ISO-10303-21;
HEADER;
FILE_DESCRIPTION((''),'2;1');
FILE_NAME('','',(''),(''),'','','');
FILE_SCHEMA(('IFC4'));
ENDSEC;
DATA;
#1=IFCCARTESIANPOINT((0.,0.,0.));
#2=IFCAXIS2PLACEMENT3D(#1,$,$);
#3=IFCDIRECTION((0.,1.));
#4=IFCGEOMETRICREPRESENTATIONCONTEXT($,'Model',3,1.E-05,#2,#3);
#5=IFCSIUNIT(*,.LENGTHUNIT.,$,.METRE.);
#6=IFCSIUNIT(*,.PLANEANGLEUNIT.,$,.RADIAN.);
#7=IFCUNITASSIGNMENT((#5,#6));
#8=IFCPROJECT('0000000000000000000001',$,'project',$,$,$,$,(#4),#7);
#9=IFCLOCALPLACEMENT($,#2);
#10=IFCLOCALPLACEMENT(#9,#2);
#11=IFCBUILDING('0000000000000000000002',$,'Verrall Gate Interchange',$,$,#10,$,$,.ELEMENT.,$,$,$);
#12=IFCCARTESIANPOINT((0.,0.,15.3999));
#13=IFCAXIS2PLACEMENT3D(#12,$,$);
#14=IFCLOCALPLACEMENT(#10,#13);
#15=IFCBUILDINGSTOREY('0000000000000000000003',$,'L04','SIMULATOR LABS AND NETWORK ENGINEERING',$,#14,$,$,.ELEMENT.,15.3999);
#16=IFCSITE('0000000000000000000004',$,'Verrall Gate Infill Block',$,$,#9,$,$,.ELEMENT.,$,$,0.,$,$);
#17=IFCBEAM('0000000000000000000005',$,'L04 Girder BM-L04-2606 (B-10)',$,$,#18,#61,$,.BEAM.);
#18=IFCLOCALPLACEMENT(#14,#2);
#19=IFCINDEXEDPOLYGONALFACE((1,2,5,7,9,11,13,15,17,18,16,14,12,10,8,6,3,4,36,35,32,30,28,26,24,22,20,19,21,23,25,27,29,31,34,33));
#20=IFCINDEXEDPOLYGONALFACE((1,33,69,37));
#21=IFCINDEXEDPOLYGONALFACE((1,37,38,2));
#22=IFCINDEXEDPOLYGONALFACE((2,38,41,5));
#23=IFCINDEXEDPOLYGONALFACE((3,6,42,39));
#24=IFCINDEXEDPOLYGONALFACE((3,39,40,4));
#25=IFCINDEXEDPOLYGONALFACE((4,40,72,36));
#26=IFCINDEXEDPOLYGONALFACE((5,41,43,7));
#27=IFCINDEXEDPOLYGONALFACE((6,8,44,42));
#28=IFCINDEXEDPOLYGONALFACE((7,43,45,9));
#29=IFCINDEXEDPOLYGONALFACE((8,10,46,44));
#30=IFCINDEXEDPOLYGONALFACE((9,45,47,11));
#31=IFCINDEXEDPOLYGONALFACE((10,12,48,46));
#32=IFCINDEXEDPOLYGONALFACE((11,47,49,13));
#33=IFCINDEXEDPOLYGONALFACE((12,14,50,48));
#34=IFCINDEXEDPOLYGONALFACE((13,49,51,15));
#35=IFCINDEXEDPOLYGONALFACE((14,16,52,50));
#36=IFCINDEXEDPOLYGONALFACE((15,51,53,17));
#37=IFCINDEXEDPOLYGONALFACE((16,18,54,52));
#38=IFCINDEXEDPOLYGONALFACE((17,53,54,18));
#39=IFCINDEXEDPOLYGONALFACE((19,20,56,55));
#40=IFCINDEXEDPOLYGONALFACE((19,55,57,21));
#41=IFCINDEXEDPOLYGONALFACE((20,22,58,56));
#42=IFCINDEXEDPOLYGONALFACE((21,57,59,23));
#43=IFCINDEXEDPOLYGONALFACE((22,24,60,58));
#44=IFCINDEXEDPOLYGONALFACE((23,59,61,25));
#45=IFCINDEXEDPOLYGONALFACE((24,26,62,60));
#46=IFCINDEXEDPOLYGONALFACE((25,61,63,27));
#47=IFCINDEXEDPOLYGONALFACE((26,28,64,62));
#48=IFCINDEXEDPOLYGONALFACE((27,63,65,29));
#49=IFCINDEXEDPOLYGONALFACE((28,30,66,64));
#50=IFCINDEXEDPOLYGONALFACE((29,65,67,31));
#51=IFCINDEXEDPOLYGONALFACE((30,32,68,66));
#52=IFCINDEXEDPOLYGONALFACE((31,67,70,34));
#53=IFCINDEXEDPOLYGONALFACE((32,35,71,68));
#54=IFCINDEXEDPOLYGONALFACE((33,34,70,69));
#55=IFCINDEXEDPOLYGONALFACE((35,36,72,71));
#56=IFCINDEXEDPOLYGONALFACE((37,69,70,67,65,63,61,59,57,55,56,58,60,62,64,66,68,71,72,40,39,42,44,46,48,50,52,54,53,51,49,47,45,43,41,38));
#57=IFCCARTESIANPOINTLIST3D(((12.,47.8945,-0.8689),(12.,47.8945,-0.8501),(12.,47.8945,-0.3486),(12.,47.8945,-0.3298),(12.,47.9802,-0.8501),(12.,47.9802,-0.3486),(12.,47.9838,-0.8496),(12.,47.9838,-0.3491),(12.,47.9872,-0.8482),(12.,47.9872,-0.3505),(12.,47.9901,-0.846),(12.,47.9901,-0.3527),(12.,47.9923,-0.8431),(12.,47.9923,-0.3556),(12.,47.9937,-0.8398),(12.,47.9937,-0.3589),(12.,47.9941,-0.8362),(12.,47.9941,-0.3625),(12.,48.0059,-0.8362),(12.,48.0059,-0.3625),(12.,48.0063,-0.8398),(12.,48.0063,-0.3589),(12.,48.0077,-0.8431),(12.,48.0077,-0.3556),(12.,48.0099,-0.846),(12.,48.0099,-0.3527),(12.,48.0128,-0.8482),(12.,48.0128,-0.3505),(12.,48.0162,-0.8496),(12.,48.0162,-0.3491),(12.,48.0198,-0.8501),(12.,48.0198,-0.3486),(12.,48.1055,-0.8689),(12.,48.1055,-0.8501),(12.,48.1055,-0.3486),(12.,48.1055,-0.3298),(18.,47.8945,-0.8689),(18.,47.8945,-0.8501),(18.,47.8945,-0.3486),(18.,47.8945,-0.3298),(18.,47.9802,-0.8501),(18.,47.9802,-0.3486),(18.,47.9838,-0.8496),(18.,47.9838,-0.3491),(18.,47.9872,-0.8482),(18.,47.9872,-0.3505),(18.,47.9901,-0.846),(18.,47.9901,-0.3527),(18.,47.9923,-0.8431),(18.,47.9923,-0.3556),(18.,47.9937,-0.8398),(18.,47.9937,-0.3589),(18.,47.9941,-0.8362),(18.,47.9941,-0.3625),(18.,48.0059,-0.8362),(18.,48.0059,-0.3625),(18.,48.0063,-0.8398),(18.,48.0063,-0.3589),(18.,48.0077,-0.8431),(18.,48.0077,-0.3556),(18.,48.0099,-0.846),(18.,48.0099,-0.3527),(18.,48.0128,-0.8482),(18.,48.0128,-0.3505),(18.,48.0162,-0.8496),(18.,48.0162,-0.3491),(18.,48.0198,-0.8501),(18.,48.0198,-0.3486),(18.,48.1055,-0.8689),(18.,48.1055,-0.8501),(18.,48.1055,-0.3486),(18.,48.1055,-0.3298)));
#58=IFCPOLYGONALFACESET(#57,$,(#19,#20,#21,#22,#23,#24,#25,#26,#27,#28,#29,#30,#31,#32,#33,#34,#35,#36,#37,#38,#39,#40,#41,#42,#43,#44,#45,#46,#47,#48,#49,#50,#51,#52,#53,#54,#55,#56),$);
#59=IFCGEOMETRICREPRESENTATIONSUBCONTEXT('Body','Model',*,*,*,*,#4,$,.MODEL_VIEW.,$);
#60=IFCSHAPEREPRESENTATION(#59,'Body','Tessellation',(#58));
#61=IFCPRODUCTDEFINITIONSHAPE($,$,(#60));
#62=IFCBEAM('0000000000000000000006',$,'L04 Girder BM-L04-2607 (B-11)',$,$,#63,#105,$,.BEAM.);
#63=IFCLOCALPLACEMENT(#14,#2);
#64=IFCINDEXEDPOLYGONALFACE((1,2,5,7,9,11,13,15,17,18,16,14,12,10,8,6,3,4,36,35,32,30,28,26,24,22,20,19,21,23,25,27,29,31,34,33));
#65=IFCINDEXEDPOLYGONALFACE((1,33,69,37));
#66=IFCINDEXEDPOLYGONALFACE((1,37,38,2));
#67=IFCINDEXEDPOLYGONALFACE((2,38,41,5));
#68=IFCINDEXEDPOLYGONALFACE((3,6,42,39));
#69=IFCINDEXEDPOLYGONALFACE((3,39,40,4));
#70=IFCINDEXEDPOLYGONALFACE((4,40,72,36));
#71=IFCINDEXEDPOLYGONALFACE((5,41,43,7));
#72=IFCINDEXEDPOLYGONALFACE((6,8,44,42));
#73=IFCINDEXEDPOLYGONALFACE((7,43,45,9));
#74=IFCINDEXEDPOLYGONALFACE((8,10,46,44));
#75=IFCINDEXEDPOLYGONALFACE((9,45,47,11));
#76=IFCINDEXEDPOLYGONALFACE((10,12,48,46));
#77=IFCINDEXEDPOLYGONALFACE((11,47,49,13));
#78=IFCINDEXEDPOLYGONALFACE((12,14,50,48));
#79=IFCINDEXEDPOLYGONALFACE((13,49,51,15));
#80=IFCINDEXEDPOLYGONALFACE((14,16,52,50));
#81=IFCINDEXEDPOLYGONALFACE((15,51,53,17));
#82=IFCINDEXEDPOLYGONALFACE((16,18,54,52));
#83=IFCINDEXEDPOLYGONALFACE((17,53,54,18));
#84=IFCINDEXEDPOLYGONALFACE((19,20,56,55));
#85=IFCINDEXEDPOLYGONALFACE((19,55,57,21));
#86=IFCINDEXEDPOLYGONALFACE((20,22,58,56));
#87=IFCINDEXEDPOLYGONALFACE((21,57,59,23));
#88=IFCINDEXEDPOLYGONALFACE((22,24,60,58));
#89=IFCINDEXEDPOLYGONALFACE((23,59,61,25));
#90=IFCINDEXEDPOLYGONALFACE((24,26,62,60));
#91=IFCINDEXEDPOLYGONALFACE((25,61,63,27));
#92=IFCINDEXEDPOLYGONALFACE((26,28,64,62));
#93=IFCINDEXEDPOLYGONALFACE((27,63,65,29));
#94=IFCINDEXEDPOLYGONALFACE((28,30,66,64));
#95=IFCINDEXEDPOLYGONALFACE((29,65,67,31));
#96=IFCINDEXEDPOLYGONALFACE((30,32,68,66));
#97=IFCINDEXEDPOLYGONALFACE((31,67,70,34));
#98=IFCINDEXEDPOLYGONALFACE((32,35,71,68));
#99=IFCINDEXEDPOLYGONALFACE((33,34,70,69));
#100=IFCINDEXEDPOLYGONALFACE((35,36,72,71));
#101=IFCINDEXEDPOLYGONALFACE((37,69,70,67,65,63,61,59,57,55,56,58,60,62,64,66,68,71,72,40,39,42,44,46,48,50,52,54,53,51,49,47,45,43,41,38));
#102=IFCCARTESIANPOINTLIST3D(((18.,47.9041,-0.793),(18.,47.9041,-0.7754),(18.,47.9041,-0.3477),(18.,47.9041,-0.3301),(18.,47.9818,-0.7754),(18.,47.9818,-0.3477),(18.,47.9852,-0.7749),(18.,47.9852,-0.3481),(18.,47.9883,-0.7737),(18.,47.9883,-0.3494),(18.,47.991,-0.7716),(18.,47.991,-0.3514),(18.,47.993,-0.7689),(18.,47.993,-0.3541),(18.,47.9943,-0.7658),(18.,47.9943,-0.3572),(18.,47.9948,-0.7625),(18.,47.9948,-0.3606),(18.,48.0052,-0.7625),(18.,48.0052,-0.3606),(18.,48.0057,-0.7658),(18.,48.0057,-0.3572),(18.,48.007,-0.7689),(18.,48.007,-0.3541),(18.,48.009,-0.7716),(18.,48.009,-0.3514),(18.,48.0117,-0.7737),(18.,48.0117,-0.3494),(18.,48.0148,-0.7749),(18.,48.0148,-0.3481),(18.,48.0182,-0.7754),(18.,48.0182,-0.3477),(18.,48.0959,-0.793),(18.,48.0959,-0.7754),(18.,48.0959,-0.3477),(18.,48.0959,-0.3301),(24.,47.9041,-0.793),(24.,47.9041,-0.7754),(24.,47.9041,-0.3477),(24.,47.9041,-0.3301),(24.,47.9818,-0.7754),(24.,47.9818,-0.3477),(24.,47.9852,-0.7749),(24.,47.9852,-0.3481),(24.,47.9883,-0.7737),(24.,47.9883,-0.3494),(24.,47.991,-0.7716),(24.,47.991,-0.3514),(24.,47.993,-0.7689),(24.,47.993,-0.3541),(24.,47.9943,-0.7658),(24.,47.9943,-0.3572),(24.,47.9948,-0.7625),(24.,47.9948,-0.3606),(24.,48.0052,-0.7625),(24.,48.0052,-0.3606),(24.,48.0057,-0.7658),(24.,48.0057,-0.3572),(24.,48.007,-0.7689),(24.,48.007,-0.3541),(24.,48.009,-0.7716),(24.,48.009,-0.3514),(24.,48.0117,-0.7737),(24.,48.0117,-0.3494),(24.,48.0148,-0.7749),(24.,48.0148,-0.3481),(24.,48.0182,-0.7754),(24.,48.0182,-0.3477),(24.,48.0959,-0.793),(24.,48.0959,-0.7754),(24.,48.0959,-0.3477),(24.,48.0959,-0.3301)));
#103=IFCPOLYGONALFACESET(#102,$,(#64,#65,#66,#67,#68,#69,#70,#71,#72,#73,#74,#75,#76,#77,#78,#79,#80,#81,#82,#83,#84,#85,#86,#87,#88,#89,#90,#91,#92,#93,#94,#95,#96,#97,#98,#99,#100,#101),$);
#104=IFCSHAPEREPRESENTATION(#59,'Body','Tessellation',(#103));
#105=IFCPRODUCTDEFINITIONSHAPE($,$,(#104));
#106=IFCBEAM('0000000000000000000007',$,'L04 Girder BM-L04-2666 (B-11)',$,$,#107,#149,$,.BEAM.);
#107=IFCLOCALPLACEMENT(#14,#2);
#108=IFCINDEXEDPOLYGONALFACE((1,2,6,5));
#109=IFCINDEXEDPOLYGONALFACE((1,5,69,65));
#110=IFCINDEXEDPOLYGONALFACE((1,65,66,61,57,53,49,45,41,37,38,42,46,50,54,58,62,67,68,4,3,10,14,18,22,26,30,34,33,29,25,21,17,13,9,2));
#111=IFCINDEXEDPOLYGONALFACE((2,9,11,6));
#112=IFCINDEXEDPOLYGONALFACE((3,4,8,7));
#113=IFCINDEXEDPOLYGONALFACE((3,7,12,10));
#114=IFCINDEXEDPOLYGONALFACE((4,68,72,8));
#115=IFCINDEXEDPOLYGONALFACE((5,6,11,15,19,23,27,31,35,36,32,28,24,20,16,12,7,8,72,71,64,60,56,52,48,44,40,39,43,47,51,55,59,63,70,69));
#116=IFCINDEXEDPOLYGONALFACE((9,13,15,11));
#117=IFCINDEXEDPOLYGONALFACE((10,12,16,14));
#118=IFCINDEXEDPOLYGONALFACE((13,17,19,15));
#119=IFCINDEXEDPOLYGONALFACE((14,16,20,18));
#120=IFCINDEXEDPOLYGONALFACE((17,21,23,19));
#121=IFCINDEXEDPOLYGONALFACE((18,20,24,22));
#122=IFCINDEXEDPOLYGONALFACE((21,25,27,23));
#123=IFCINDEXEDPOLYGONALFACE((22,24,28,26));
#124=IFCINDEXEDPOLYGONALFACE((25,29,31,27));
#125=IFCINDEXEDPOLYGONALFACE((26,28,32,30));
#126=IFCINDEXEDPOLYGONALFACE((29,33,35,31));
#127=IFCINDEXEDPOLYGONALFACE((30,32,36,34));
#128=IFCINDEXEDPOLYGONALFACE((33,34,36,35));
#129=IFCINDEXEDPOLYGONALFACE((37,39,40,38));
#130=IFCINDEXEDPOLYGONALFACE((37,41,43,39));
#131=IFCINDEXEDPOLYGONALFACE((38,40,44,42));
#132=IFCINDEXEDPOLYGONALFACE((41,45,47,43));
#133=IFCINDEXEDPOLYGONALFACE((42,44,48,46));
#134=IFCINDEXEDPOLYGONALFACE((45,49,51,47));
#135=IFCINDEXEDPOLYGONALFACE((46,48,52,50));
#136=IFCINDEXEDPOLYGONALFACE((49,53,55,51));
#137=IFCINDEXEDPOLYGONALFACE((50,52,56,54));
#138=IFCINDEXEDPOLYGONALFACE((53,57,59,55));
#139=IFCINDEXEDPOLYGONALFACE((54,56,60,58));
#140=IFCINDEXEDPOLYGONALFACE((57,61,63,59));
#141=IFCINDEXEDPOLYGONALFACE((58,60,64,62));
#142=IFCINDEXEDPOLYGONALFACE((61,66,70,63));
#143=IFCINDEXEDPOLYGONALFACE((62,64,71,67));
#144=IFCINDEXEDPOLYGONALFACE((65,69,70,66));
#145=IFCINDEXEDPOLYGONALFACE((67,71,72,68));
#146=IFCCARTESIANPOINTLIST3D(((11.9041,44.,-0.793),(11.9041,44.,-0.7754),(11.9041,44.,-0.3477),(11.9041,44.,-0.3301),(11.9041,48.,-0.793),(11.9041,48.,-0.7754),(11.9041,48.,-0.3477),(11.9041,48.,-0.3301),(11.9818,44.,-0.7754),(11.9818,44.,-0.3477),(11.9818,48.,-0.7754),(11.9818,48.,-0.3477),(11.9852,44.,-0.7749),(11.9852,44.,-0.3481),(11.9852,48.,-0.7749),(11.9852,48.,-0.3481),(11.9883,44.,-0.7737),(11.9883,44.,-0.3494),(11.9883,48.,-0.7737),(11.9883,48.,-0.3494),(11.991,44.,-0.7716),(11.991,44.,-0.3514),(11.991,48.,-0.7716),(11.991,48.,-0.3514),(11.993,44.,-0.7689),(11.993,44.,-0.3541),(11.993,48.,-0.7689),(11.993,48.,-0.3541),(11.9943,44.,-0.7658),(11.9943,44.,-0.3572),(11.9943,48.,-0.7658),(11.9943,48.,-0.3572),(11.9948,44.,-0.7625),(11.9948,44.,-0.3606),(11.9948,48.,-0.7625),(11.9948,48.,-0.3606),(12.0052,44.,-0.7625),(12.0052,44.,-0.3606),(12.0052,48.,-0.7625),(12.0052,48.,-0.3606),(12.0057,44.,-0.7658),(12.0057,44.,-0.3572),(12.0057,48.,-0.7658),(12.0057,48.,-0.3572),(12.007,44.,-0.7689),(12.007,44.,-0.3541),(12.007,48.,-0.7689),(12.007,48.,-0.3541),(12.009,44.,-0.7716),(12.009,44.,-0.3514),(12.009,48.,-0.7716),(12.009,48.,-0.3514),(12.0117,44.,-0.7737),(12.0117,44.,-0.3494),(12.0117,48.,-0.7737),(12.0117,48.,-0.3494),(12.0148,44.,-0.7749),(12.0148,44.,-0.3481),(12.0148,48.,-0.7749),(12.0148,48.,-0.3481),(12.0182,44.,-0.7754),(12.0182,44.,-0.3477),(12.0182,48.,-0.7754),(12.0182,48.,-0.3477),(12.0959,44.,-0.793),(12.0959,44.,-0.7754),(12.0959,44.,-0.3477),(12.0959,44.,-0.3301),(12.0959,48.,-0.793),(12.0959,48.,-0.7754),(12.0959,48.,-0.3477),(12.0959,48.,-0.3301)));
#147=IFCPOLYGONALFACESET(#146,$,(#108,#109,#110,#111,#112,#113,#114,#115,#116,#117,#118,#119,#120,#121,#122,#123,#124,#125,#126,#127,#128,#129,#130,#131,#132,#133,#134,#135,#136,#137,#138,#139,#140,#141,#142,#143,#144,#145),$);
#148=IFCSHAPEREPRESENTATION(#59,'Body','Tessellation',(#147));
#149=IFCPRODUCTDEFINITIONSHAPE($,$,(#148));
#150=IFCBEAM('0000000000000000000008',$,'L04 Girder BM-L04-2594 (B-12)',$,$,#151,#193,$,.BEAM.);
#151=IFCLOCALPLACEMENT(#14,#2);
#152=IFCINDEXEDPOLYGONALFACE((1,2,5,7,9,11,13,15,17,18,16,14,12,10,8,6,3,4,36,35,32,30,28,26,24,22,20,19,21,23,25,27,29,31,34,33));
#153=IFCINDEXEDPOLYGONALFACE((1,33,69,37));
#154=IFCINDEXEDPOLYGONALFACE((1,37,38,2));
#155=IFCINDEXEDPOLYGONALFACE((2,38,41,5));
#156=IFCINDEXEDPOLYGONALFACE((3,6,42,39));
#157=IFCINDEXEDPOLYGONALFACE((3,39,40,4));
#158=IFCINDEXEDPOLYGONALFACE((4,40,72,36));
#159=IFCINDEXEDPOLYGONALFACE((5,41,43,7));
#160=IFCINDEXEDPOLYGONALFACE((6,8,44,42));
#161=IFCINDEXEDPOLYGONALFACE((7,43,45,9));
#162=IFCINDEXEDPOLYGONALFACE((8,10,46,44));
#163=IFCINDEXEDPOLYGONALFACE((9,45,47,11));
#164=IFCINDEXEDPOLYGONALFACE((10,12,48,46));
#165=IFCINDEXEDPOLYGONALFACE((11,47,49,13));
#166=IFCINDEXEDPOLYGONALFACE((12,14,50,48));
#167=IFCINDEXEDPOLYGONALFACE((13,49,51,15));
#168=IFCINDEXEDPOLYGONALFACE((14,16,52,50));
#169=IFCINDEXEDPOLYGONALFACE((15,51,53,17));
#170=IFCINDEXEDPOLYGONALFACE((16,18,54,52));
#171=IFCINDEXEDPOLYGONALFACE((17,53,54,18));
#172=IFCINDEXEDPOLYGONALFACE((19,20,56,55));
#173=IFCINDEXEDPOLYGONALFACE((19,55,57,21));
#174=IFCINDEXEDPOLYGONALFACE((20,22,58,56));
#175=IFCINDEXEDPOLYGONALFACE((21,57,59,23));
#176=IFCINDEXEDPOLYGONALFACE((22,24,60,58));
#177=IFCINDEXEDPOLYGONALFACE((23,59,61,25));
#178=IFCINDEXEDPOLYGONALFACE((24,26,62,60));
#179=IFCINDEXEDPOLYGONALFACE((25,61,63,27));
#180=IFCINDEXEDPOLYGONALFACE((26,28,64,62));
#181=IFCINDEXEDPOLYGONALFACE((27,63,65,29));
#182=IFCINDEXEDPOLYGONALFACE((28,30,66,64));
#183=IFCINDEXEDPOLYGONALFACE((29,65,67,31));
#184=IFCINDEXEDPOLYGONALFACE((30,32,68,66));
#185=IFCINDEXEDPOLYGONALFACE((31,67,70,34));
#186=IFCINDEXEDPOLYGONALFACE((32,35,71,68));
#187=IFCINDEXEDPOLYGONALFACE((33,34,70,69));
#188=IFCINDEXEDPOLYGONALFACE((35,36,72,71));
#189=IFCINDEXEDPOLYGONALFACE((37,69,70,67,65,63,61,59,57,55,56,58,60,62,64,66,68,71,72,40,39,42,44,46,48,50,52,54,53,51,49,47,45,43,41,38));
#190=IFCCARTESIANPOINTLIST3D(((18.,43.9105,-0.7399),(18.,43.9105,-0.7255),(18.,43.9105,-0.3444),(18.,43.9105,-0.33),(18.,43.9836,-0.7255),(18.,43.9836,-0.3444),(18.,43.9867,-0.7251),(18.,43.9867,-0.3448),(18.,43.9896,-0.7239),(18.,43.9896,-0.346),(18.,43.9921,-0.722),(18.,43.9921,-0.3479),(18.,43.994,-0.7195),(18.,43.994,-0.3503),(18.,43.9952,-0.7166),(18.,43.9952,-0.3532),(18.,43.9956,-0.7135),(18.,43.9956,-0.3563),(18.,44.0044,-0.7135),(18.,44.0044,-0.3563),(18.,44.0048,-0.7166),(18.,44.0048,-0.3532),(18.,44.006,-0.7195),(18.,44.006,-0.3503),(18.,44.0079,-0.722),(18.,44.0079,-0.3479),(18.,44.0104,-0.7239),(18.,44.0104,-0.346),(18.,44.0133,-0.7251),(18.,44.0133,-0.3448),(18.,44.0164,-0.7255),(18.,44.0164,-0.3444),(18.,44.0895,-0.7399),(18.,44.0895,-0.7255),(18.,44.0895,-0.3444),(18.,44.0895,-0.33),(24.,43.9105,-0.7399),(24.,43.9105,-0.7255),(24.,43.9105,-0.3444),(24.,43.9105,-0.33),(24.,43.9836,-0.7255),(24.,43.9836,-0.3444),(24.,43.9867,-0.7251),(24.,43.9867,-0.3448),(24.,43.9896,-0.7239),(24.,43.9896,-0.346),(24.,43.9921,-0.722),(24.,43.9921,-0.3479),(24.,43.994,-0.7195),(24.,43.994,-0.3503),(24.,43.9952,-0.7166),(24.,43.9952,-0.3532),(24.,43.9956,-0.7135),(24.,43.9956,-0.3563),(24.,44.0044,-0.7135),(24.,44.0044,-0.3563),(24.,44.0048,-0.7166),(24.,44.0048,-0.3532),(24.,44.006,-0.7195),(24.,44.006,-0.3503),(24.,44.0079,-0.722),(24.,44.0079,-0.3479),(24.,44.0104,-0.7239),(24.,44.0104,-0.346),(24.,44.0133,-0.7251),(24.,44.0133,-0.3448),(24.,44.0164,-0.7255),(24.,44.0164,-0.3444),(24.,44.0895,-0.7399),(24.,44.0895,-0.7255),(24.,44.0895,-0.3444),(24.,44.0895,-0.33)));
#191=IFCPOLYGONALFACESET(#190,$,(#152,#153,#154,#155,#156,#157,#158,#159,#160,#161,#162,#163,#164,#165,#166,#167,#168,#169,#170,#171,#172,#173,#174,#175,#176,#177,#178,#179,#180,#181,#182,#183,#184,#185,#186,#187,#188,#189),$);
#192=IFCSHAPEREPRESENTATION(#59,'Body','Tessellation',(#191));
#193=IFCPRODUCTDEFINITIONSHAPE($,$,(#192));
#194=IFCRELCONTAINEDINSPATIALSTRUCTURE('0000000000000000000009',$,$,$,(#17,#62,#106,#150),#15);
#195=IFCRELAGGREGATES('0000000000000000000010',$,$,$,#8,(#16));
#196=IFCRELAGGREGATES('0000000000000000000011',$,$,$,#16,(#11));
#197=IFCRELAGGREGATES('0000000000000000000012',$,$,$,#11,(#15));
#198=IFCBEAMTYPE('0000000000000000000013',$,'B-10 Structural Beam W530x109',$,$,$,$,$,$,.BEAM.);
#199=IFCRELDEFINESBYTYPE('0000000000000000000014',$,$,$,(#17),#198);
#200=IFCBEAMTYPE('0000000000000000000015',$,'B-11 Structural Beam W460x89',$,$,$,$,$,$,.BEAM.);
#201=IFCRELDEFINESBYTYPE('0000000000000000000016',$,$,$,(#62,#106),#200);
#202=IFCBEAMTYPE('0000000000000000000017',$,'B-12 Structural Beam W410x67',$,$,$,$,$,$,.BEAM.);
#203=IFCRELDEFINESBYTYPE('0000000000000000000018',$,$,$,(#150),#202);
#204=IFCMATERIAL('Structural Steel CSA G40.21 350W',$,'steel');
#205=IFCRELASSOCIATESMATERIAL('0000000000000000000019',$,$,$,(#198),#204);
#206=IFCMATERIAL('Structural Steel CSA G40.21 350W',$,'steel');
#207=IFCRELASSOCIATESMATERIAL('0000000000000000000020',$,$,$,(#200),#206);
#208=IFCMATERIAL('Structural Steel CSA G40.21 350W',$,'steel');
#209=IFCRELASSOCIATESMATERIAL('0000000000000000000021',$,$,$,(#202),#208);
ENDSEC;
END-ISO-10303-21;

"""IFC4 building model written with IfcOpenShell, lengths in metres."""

from ifc_helpers import new_model, si_unit, direction, frame, origin, origin_2d, place, context, subcontext, project, spatial, i_section, extrude, material, material_profile, profile_set, type_object, element, save


model = new_model("IFC4")

# Units and contexts
model_context = context("Model", 3, precision=1e-05, world=origin(), true_north=direction((0.0, 1.0)))
body_context = subcontext(model_context, "Body", "Model", "MODEL_VIEW")
ifc_project = project(units=[si_unit("LENGTHUNIT", "METRE"), si_unit("PLANEANGLEUNIT", "RADIAN")], contexts=[model_context])

# Site, building, storey
site_placement = place(None, origin())
site = spatial("IfcSite", under=ifc_project, at=site_placement, Name="Verrall Gate Infill Block", CompositionType="ELEMENT", RefElevation=0.0)
building_placement = place(site_placement, origin())
building = spatial("IfcBuilding", under=site, at=building_placement, Name="Verrall Gate Interchange", CompositionType="ELEMENT")
storey_placement = place(building_placement, frame((0.0, 0.0, 15.3999)))
storey = spatial("IfcBuildingStorey", under=building, at=storey_placement, Name="L04", Description="SIMULATOR LABS AND NETWORK ENGINEERING", CompositionType="ELEMENT", Elevation=15.3999)

# Beams
ifc_material_1 = material(Name="Structural Steel CSA G40.21 350W", Category="steel")
ifc_material_profile_1 = material_profile(ifc_material_1, i_section(OverallWidth=0.2109, OverallDepth=0.5391, WebThickness=0.0117, FlangeThickness=0.0188, FilletRadius=0.0139, at=origin_2d()), Name="W530x109")
ifc_profile_set_1 = profile_set([ifc_material_profile_1], Name="Structural Steel CSA G40.21 350W")
beam_type_1 = type_object("IfcBeamType", Name="B-10 Structural Beam W530x109", PredefinedType="BEAM", material=ifc_profile_set_1)
beam_1_placement = place(storey_placement, frame((12.0, 48.0, -0.5994), z_axis=(1.0, 0.0, 0.0), x_axis=(0.0, 1.0, 0.0)))
element("IfcBeam", 1, at=beam_1_placement, inside=storey, type_object=beam_type_1, Name="L04 Girder BM-L04-2606 (B-10)", PredefinedType="BEAM", context=body_context, shape_type="SweptSolid", body=[
    extrude(i_section(OverallWidth=0.2109, OverallDepth=0.5391, WebThickness=0.0117, FlangeThickness=0.0188, FilletRadius=0.0139, at=origin_2d()), origin(), (0.0, 0.0, 1.0), 6.0),
])
ifc_material_2 = material(Name="Structural Steel CSA G40.21 350W", Category="steel")
ifc_material_profile_2 = material_profile(ifc_material_2, i_section(OverallWidth=0.1919, OverallDepth=0.4629, WebThickness=0.0105, FlangeThickness=0.0176, FilletRadius=0.0129, at=origin_2d()), Name="W460x89")
ifc_profile_set_2 = profile_set([ifc_material_profile_2], Name="Structural Steel CSA G40.21 350W")
beam_type_2 = type_object("IfcBeamType", Name="B-11 Structural Beam W460x89", PredefinedType="BEAM", material=ifc_profile_set_2)
beam_2_placement = place(storey_placement, frame((18.0, 48.0, -0.5615), z_axis=(1.0, 0.0, 0.0), x_axis=(0.0, 1.0, 0.0)))
element("IfcBeam", 2, at=beam_2_placement, inside=storey, type_object=beam_type_2, Name="L04 Girder BM-L04-2607 (B-11)", PredefinedType="BEAM", context=body_context, shape_type="SweptSolid", body=[
    extrude(i_section(OverallWidth=0.1919, OverallDepth=0.4629, WebThickness=0.0105, FlangeThickness=0.0176, FilletRadius=0.0129, at=origin_2d()), origin(), (0.0, 0.0, 1.0), 6.0),
])
beam_3_placement = place(storey_placement, frame((12.0, 44.0, -0.5615), z_axis=(0.0, 1.0, 0.0), x_axis=(-1.0, 0.0, 0.0)))
element("IfcBeam", 3, at=beam_3_placement, inside=storey, type_object=beam_type_2, Name="L04 Girder BM-L04-2666 (B-11)", PredefinedType="BEAM", context=body_context, shape_type="SweptSolid", body=[
    extrude(i_section(OverallWidth=0.1919, OverallDepth=0.4629, WebThickness=0.0105, FlangeThickness=0.0176, FilletRadius=0.0129, at=origin_2d()), origin(), (0.0, 0.0, 1.0), 4.0),
])
ifc_material_3 = material(Name="Structural Steel CSA G40.21 350W", Category="steel")
ifc_material_profile_3 = material_profile(ifc_material_3, i_section(OverallWidth=0.179, OverallDepth=0.4099, WebThickness=0.0088, FlangeThickness=0.0144, FilletRadius=0.012, at=origin_2d()), Name="W410x67")
ifc_profile_set_3 = profile_set([ifc_material_profile_3], Name="Structural Steel CSA G40.21 350W")
beam_type_3 = type_object("IfcBeamType", Name="B-12 Structural Beam W410x67", PredefinedType="BEAM", material=ifc_profile_set_3)
for number, where, z_axis, x_axis, name in (
    (4, (18.0, 44.0, -0.5349), (1.0, 0.0, 0.0), (0.0, 1.0, 0.0), "L04 Girder BM-L04-2594 (B-12)"),
):
    element("IfcBeam", number, at=place(storey_placement, frame(where, z_axis=z_axis, x_axis=x_axis)), inside=storey, type_object=beam_type_3, Name=name, PredefinedType="BEAM", context=body_context, shape_type="SweptSolid", body=[
        extrude(i_section(OverallWidth=0.179, OverallDepth=0.4099, WebThickness=0.0088, FlangeThickness=0.0144, FilletRadius=0.012, at=origin_2d()), origin(), (0.0, 0.0, 1.0), 6.0),
    ])

save(model, "model.ifc")
